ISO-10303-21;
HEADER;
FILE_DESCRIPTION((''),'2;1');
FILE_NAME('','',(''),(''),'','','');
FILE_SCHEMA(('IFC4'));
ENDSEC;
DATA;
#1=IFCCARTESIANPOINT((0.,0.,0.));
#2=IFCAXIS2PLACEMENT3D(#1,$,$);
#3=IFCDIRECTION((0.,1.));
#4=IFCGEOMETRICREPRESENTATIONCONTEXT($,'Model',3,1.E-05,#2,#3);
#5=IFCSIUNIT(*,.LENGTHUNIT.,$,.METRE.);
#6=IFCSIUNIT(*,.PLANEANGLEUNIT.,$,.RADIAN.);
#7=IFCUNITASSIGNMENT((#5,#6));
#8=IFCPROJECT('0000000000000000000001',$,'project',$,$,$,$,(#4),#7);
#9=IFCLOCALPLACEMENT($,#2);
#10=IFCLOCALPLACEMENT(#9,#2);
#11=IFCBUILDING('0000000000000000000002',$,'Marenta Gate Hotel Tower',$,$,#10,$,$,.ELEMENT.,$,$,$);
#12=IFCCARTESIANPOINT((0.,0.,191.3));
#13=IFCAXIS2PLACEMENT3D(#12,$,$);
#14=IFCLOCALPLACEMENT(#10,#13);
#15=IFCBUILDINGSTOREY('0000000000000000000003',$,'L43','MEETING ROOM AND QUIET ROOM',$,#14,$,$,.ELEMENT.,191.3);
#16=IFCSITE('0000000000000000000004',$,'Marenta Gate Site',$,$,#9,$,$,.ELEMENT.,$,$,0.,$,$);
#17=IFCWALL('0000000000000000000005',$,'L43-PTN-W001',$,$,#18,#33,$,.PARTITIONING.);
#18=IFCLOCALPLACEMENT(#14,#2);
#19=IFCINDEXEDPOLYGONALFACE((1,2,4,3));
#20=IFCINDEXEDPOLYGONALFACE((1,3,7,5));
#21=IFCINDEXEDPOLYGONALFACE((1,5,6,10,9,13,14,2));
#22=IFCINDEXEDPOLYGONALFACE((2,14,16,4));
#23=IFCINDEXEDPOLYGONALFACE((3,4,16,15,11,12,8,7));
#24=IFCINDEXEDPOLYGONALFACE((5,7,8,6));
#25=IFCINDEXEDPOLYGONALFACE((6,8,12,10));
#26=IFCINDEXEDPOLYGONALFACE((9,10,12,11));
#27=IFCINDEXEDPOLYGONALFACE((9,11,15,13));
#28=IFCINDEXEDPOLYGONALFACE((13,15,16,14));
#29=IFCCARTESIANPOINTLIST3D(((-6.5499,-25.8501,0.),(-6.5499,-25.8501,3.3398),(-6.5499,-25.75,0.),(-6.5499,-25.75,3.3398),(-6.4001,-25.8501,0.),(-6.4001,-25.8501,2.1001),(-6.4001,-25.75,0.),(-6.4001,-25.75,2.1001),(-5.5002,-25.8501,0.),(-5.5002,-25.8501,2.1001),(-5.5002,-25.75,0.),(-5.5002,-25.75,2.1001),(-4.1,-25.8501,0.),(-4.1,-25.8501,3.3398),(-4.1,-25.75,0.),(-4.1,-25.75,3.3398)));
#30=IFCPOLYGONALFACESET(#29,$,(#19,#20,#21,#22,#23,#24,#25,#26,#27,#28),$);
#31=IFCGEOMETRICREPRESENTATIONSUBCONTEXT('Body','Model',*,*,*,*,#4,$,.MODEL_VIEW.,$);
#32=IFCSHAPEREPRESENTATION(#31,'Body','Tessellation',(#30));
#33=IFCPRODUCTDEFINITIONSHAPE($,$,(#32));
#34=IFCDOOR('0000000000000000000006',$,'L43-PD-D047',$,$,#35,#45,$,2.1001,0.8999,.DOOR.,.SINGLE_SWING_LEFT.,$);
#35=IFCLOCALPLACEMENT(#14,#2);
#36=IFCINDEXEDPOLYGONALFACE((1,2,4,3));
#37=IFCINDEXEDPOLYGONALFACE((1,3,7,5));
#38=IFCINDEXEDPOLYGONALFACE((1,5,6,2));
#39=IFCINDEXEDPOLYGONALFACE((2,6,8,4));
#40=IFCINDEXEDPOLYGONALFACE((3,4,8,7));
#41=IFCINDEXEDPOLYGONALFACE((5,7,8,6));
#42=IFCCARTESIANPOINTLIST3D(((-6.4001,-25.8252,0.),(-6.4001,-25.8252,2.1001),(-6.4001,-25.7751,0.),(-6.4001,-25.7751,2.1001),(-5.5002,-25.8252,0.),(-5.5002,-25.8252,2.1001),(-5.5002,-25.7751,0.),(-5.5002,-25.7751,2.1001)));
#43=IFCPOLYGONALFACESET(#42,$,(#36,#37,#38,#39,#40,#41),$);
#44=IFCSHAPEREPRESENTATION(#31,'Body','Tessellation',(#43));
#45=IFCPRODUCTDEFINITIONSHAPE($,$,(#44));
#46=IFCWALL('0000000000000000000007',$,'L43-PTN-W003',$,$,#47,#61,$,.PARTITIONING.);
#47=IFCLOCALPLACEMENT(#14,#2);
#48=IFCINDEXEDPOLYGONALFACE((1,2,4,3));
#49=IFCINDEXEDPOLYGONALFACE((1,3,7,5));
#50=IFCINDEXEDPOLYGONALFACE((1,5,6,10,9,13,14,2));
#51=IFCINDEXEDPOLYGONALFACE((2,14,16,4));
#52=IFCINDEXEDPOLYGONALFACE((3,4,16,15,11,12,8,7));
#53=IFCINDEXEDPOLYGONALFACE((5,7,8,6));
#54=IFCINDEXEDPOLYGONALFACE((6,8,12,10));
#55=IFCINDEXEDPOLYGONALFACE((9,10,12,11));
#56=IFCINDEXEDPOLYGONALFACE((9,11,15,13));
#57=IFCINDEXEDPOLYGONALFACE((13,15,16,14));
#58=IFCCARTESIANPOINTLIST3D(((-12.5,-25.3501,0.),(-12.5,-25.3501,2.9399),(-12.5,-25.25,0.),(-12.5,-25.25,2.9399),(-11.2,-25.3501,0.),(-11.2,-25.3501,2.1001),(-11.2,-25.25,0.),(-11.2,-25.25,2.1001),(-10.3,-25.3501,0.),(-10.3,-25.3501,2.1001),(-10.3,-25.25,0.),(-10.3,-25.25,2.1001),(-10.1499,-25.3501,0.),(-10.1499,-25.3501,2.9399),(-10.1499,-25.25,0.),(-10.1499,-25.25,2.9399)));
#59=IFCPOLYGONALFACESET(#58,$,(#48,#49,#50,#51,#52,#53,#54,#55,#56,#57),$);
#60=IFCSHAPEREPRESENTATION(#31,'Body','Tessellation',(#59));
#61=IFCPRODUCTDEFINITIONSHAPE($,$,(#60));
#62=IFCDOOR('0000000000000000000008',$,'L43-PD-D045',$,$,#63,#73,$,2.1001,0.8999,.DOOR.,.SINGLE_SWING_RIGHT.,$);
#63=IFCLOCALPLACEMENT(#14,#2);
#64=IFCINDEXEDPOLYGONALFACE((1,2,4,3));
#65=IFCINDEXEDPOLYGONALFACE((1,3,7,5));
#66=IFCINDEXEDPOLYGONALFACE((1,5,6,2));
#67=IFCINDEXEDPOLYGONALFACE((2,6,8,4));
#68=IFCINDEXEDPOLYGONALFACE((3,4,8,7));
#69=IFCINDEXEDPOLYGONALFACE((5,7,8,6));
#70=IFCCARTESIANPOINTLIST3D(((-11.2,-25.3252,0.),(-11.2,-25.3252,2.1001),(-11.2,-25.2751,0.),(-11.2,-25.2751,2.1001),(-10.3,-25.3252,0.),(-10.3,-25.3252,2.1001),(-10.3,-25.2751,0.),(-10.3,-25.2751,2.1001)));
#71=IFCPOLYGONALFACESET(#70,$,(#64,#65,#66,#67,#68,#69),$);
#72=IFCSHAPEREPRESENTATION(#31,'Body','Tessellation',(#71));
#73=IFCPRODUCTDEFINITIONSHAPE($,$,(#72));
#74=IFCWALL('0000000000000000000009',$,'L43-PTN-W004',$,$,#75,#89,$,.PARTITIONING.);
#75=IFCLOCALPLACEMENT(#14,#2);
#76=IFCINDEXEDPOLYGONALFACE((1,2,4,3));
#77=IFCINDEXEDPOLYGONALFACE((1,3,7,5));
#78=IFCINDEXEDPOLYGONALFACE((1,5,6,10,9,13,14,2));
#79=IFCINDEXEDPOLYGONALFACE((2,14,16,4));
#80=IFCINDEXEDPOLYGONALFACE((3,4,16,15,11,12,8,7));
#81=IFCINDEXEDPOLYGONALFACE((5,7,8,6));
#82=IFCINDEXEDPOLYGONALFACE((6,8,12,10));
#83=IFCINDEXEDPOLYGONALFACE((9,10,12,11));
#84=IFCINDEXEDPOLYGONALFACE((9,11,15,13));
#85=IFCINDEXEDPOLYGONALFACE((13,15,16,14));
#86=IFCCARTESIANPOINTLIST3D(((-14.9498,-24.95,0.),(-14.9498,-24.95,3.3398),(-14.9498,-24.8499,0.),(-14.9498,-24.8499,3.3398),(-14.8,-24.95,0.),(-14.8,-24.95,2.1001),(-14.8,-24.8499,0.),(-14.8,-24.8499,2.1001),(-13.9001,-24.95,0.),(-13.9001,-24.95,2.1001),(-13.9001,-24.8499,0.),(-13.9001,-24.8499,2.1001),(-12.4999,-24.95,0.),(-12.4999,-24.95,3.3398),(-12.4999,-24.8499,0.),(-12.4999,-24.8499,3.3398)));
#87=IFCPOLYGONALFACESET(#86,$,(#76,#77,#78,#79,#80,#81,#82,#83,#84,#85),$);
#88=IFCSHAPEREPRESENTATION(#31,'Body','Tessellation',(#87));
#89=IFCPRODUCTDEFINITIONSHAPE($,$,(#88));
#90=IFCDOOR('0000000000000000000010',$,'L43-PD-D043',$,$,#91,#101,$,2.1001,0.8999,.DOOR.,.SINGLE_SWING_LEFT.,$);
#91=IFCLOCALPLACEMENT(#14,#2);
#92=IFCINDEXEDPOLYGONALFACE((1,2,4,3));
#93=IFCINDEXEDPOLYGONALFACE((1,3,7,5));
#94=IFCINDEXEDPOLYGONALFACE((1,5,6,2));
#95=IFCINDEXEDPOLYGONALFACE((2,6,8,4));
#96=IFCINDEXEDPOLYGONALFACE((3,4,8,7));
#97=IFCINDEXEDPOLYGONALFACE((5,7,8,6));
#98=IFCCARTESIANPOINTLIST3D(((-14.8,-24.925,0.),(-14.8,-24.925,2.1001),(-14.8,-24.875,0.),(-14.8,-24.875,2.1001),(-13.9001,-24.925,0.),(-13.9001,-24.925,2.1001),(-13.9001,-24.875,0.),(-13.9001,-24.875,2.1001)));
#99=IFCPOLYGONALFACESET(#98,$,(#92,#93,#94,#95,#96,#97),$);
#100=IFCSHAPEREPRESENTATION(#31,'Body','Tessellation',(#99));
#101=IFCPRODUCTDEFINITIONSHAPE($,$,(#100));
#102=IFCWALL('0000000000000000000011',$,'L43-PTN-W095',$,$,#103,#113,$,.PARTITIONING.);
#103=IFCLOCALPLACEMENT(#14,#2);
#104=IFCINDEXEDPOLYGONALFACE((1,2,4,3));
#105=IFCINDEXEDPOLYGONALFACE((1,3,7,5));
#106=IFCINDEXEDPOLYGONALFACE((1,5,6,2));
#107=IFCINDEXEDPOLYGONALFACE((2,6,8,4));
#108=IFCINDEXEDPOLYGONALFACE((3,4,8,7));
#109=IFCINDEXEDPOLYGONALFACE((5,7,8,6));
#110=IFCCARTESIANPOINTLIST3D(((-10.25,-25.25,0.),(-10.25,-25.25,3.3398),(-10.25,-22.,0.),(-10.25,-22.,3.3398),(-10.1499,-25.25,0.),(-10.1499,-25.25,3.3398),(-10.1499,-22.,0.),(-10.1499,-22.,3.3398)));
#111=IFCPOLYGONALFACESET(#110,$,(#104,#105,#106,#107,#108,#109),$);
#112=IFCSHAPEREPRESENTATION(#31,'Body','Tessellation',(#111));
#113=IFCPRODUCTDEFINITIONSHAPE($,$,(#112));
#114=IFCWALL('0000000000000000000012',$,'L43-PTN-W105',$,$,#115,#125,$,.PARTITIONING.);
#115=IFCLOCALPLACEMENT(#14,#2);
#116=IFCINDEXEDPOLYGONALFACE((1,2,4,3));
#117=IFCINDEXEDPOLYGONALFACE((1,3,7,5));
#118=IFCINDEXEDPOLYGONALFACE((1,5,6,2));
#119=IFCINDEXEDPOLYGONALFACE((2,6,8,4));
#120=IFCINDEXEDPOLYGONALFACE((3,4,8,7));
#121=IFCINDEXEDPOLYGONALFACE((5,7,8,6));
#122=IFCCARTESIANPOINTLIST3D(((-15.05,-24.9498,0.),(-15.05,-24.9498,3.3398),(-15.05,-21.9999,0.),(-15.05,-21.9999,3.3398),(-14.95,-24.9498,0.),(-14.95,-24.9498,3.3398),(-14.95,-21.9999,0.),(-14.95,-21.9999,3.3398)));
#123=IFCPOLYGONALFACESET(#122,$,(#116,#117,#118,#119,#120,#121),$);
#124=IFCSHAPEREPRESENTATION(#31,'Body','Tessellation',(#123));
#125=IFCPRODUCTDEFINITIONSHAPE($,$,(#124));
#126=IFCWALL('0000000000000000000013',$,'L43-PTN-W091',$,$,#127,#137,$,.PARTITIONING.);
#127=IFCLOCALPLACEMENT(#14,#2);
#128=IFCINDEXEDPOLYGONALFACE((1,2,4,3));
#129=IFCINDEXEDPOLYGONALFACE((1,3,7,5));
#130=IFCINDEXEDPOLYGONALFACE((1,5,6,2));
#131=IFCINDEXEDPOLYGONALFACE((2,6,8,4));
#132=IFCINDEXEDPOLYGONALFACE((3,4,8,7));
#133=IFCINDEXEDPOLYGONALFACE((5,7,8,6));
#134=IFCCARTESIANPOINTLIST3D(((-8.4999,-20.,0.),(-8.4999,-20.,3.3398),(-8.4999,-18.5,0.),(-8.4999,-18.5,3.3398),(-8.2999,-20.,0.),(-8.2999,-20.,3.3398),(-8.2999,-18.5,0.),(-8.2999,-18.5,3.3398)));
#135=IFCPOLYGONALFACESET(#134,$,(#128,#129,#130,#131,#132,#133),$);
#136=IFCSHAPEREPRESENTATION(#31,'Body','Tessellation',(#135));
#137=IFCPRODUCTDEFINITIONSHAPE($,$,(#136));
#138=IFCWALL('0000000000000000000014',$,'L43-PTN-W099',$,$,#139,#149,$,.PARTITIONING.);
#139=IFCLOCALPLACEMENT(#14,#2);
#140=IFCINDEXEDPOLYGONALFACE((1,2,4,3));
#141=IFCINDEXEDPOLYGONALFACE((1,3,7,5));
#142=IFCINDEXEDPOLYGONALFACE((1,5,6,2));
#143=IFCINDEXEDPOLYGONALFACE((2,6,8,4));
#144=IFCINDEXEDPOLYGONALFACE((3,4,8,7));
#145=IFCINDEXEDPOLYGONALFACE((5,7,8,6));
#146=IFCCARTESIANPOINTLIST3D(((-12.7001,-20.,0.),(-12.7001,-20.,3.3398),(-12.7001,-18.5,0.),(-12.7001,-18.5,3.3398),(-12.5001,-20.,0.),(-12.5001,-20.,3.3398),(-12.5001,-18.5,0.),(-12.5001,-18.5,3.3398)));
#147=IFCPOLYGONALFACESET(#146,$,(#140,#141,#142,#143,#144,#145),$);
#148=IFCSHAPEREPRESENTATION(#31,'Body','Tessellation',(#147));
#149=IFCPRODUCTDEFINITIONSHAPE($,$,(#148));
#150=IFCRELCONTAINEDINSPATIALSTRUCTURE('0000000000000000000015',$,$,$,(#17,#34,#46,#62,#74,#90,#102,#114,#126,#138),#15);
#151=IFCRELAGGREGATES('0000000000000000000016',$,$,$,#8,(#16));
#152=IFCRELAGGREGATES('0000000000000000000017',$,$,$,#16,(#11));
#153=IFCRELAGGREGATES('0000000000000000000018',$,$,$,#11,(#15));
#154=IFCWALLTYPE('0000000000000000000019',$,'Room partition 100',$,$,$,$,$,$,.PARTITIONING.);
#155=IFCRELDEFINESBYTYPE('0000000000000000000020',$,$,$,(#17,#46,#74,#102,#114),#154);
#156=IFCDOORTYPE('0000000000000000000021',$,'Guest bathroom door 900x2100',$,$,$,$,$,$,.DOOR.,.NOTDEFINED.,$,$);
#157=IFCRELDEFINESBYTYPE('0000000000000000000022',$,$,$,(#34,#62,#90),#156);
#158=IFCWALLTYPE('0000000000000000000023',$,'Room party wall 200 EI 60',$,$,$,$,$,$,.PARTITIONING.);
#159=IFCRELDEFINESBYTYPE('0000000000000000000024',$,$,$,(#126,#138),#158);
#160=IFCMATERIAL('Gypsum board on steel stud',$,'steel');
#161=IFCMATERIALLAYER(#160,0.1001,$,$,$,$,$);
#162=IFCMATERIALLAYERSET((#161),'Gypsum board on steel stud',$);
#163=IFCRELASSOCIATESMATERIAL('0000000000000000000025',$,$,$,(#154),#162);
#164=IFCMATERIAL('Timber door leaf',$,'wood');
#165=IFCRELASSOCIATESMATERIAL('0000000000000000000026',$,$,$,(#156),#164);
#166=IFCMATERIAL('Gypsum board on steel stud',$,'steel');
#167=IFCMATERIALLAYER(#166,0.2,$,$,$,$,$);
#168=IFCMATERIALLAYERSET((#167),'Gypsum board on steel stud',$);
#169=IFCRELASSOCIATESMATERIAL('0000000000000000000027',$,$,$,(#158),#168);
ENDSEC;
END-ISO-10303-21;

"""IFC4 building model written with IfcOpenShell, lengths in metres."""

from ifc_helpers import new_model, si_unit, direction, frame, frame_2d, origin, place, context, subcontext, project, spatial, rectangle, extrude, material, layer, layer_set, type_object, element, fill, save


model = new_model("IFC4")

# Units and contexts
model_context = context("Model", 3, precision=1e-05, world=origin(), true_north=direction((0.0, 1.0)))
body_context = subcontext(model_context, "Body", "Model", "MODEL_VIEW")
ifc_project = project(units=[si_unit("LENGTHUNIT", "METRE"), si_unit("PLANEANGLEUNIT", "RADIAN")], contexts=[model_context])

# Site, building, storey
site_placement = place(None, origin())
site = spatial("IfcSite", under=ifc_project, at=site_placement, Name="Marenta Gate Site", CompositionType="ELEMENT", RefElevation=0.0)
building_placement = place(site_placement, origin())
building = spatial("IfcBuilding", under=site, at=building_placement, Name="Marenta Gate Hotel Tower", CompositionType="ELEMENT")
storey_placement = place(building_placement, frame((0.0, 0.0, 191.3)))
storey = spatial("IfcBuildingStorey", under=building, at=storey_placement, Name="L43", Description="MEETING ROOM AND QUIET ROOM", CompositionType="ELEMENT", Elevation=191.3)

# Walls, openings, doors
ifc_material_1 = material(Name="Gypsum board on steel stud", Category="steel")
ifc_layer_1 = layer(ifc_material_1, 0.1001)
ifc_layer_set_1 = layer_set([ifc_layer_1], Name="Gypsum board on steel stud")
wall_type_1 = type_object("IfcWallType", Name="Room partition 100", PredefinedType="PARTITIONING", material=ifc_layer_set_1)
wall_1_placement = place(storey_placement, frame((-6.55, -25.8, 0.0), z_axis=(0.0, 0.0, 1.0), x_axis=(1.0, 0.0, 0.0)))
wall_1 = element("IfcWall", 1, at=wall_1_placement, inside=storey, type_object=wall_type_1, Name="L43-PTN-W001", PredefinedType="PARTITIONING", context=body_context, shape_type="SweptSolid", body=[
    extrude(rectangle(XDim=2.45, YDim=0.1001, at=frame_2d((1.2251, 0.0))), origin(), (0.0, 0.0, 1.0), 3.3398),
])
opening_1_placement = place(wall_1_placement, frame((0.1499, 0.0, 0.0)))
opening_1 = element("IfcOpeningElement", 2, at=opening_1_placement, cuts=wall_1, PredefinedType="OPENING", context=body_context, shape_type="SweptSolid", body=[
    extrude(rectangle(XDim=0.8999, YDim=2.1001, at=frame_2d((0.45, 1.05))), frame((0.0, 0.05, 0.0), z_axis=(0.0, -1.0, 0.0), x_axis=(1.0, 0.0, 0.0)), (0.0, 0.0, 1.0), 0.1001),
])
ifc_material_2 = material(Name="Timber door leaf", Category="wood")
door_type_1 = type_object("IfcDoorType", Name="Guest bathroom door 900x2100", OperationType="NOTDEFINED", PredefinedType="DOOR", material=ifc_material_2)
door_1_placement = place(opening_1_placement, origin())
door_1 = element("IfcDoor", 3, at=door_1_placement, inside=storey, type_object=door_type_1, Name="L43-PD-D047", OperationType="SINGLE_SWING_LEFT", OverallHeight=2.1001, OverallWidth=0.8999, PredefinedType="DOOR", context=body_context, shape_type="SweptSolid", body=[
    extrude(rectangle(XDim=0.8999, YDim=2.1001, at=frame_2d((0.45, 1.05))), frame((0.0, 0.0249, 0.0), z_axis=(0.0, -1.0, 0.0), x_axis=(1.0, 0.0, 0.0)), (0.0, 0.0, 1.0), 0.05),
])
fill(opening_1, door_1)
wall_2_placement = place(storey_placement, frame((-12.5, -25.3, 0.0), z_axis=(0.0, 0.0, 1.0), x_axis=(1.0, 0.0, 0.0)))
wall_2 = element("IfcWall", 4, at=wall_2_placement, inside=storey, type_object=wall_type_1, Name="L43-PTN-W003", PredefinedType="PARTITIONING", context=body_context, shape_type="SweptSolid", body=[
    extrude(rectangle(XDim=2.3501, YDim=0.1001, at=frame_2d((1.175, 0.0))), origin(), (0.0, 0.0, 1.0), 2.9399),
])
opening_2_placement = place(wall_2_placement, frame((1.3, 0.0, 0.0)))
opening_2 = element("IfcOpeningElement", 5, at=opening_2_placement, cuts=wall_2, PredefinedType="OPENING", context=body_context, shape_type="SweptSolid", body=[
    extrude(rectangle(XDim=0.8999, YDim=2.1001, at=frame_2d((0.45, 1.05))), frame((0.0, 0.05, 0.0), z_axis=(0.0, -1.0, 0.0), x_axis=(1.0, 0.0, 0.0)), (0.0, 0.0, 1.0), 0.1001),
])
door_2_placement = place(opening_2_placement, origin())
door_2 = element("IfcDoor", 6, at=door_2_placement, inside=storey, type_object=door_type_1, Name="L43-PD-D045", OperationType="SINGLE_SWING_RIGHT", OverallHeight=2.1001, OverallWidth=0.8999, PredefinedType="DOOR", context=body_context, shape_type="SweptSolid", body=[
    extrude(rectangle(XDim=0.8999, YDim=2.1001, at=frame_2d((0.45, 1.05))), frame((0.0, 0.0249, 0.0), z_axis=(0.0, -1.0, 0.0), x_axis=(1.0, 0.0, 0.0)), (0.0, 0.0, 1.0), 0.05),
])
fill(opening_2, door_2)
wall_3_placement = place(storey_placement, frame((-14.95, -24.8999, 0.0), z_axis=(0.0, 0.0, 1.0), x_axis=(1.0, 0.0, 0.0)))
wall_3 = element("IfcWall", 7, at=wall_3_placement, inside=storey, type_object=wall_type_1, Name="L43-PTN-W004", PredefinedType="PARTITIONING", context=body_context, shape_type="SweptSolid", body=[
    extrude(rectangle(XDim=2.45, YDim=0.1001, at=frame_2d((1.2251, 0.0))), origin(), (0.0, 0.0, 1.0), 3.3398),
])
opening_3_placement = place(wall_3_placement, frame((0.1499, 0.0, 0.0)))
opening_3 = element("IfcOpeningElement", 8, at=opening_3_placement, cuts=wall_3, PredefinedType="OPENING", context=body_context, shape_type="SweptSolid", body=[
    extrude(rectangle(XDim=0.8999, YDim=2.1001, at=frame_2d((0.45, 1.05))), frame((0.0, 0.05, 0.0), z_axis=(0.0, -1.0, 0.0), x_axis=(1.0, 0.0, 0.0)), (0.0, 0.0, 1.0), 0.1001),
])
door_3_placement = place(opening_3_placement, origin())
door_3 = element("IfcDoor", 9, at=door_3_placement, inside=storey, type_object=door_type_1, Name="L43-PD-D043", OperationType="SINGLE_SWING_LEFT", OverallHeight=2.1001, OverallWidth=0.8999, PredefinedType="DOOR", context=body_context, shape_type="SweptSolid", body=[
    extrude(rectangle(XDim=0.8999, YDim=2.1001, at=frame_2d((0.45, 1.05))), frame((0.0, 0.0249, 0.0), z_axis=(0.0, -1.0, 0.0), x_axis=(1.0, 0.0, 0.0)), (0.0, 0.0, 1.0), 0.05),
])
fill(opening_3, door_3)

# Walls
wall_4_placement = place(storey_placement, frame((-10.2, -25.25, 0.0), z_axis=(0.0, 0.0, 1.0), x_axis=(0.0, 1.0, 0.0)))
element("IfcWall", 10, at=wall_4_placement, inside=storey, type_object=wall_type_1, Name="L43-PTN-W095", PredefinedType="PARTITIONING", context=body_context, shape_type="SweptSolid", body=[
    extrude(rectangle(XDim=3.25, YDim=0.1001, at=frame_2d((1.625, 0.0))), origin(), (0.0, 0.0, 1.0), 3.3398),
])
wall_5_placement = place(storey_placement, frame((-15.0, -24.95, 0.0), z_axis=(0.0, 0.0, 1.0), x_axis=(0.0, 1.0, 0.0)))
element("IfcWall", 11, at=wall_5_placement, inside=storey, type_object=wall_type_1, Name="L43-PTN-W105", PredefinedType="PARTITIONING", context=body_context, shape_type="SweptSolid", body=[
    extrude(rectangle(XDim=2.95, YDim=0.1001, at=frame_2d((1.4751, 0.0))), origin(), (0.0, 0.0, 1.0), 3.3398),
])
ifc_material_3 = material(Name="Gypsum board on steel stud", Category="steel")
ifc_layer_2 = layer(ifc_material_3, 0.2)
ifc_layer_set_2 = layer_set([ifc_layer_2], Name="Gypsum board on steel stud")
wall_type_2 = type_object("IfcWallType", Name="Room party wall 200 EI 60", PredefinedType="PARTITIONING", material=ifc_layer_set_2)
for number, where, z_axis, x_axis, name in (
    (12, (-8.3999, -20.0, 0.0), (0.0, 0.0, 1.0), (0.0, 1.0, 0.0), "L43-PTN-W091"),
    (13, (-12.6001, -20.0, 0.0), (0.0, 0.0, 1.0), (0.0, 1.0, 0.0), "L43-PTN-W099"),
):
    element("IfcWall", number, at=place(storey_placement, frame(where, z_axis=z_axis, x_axis=x_axis)), inside=storey, type_object=wall_type_2, Name=name, PredefinedType="PARTITIONING", context=body_context, shape_type="SweptSolid", body=[
        extrude(rectangle(XDim=1.5, YDim=0.2, at=frame_2d((0.75, 0.0))), origin(), (0.0, 0.0, 1.0), 3.3398),
    ])

save(model, "model.ifc")
